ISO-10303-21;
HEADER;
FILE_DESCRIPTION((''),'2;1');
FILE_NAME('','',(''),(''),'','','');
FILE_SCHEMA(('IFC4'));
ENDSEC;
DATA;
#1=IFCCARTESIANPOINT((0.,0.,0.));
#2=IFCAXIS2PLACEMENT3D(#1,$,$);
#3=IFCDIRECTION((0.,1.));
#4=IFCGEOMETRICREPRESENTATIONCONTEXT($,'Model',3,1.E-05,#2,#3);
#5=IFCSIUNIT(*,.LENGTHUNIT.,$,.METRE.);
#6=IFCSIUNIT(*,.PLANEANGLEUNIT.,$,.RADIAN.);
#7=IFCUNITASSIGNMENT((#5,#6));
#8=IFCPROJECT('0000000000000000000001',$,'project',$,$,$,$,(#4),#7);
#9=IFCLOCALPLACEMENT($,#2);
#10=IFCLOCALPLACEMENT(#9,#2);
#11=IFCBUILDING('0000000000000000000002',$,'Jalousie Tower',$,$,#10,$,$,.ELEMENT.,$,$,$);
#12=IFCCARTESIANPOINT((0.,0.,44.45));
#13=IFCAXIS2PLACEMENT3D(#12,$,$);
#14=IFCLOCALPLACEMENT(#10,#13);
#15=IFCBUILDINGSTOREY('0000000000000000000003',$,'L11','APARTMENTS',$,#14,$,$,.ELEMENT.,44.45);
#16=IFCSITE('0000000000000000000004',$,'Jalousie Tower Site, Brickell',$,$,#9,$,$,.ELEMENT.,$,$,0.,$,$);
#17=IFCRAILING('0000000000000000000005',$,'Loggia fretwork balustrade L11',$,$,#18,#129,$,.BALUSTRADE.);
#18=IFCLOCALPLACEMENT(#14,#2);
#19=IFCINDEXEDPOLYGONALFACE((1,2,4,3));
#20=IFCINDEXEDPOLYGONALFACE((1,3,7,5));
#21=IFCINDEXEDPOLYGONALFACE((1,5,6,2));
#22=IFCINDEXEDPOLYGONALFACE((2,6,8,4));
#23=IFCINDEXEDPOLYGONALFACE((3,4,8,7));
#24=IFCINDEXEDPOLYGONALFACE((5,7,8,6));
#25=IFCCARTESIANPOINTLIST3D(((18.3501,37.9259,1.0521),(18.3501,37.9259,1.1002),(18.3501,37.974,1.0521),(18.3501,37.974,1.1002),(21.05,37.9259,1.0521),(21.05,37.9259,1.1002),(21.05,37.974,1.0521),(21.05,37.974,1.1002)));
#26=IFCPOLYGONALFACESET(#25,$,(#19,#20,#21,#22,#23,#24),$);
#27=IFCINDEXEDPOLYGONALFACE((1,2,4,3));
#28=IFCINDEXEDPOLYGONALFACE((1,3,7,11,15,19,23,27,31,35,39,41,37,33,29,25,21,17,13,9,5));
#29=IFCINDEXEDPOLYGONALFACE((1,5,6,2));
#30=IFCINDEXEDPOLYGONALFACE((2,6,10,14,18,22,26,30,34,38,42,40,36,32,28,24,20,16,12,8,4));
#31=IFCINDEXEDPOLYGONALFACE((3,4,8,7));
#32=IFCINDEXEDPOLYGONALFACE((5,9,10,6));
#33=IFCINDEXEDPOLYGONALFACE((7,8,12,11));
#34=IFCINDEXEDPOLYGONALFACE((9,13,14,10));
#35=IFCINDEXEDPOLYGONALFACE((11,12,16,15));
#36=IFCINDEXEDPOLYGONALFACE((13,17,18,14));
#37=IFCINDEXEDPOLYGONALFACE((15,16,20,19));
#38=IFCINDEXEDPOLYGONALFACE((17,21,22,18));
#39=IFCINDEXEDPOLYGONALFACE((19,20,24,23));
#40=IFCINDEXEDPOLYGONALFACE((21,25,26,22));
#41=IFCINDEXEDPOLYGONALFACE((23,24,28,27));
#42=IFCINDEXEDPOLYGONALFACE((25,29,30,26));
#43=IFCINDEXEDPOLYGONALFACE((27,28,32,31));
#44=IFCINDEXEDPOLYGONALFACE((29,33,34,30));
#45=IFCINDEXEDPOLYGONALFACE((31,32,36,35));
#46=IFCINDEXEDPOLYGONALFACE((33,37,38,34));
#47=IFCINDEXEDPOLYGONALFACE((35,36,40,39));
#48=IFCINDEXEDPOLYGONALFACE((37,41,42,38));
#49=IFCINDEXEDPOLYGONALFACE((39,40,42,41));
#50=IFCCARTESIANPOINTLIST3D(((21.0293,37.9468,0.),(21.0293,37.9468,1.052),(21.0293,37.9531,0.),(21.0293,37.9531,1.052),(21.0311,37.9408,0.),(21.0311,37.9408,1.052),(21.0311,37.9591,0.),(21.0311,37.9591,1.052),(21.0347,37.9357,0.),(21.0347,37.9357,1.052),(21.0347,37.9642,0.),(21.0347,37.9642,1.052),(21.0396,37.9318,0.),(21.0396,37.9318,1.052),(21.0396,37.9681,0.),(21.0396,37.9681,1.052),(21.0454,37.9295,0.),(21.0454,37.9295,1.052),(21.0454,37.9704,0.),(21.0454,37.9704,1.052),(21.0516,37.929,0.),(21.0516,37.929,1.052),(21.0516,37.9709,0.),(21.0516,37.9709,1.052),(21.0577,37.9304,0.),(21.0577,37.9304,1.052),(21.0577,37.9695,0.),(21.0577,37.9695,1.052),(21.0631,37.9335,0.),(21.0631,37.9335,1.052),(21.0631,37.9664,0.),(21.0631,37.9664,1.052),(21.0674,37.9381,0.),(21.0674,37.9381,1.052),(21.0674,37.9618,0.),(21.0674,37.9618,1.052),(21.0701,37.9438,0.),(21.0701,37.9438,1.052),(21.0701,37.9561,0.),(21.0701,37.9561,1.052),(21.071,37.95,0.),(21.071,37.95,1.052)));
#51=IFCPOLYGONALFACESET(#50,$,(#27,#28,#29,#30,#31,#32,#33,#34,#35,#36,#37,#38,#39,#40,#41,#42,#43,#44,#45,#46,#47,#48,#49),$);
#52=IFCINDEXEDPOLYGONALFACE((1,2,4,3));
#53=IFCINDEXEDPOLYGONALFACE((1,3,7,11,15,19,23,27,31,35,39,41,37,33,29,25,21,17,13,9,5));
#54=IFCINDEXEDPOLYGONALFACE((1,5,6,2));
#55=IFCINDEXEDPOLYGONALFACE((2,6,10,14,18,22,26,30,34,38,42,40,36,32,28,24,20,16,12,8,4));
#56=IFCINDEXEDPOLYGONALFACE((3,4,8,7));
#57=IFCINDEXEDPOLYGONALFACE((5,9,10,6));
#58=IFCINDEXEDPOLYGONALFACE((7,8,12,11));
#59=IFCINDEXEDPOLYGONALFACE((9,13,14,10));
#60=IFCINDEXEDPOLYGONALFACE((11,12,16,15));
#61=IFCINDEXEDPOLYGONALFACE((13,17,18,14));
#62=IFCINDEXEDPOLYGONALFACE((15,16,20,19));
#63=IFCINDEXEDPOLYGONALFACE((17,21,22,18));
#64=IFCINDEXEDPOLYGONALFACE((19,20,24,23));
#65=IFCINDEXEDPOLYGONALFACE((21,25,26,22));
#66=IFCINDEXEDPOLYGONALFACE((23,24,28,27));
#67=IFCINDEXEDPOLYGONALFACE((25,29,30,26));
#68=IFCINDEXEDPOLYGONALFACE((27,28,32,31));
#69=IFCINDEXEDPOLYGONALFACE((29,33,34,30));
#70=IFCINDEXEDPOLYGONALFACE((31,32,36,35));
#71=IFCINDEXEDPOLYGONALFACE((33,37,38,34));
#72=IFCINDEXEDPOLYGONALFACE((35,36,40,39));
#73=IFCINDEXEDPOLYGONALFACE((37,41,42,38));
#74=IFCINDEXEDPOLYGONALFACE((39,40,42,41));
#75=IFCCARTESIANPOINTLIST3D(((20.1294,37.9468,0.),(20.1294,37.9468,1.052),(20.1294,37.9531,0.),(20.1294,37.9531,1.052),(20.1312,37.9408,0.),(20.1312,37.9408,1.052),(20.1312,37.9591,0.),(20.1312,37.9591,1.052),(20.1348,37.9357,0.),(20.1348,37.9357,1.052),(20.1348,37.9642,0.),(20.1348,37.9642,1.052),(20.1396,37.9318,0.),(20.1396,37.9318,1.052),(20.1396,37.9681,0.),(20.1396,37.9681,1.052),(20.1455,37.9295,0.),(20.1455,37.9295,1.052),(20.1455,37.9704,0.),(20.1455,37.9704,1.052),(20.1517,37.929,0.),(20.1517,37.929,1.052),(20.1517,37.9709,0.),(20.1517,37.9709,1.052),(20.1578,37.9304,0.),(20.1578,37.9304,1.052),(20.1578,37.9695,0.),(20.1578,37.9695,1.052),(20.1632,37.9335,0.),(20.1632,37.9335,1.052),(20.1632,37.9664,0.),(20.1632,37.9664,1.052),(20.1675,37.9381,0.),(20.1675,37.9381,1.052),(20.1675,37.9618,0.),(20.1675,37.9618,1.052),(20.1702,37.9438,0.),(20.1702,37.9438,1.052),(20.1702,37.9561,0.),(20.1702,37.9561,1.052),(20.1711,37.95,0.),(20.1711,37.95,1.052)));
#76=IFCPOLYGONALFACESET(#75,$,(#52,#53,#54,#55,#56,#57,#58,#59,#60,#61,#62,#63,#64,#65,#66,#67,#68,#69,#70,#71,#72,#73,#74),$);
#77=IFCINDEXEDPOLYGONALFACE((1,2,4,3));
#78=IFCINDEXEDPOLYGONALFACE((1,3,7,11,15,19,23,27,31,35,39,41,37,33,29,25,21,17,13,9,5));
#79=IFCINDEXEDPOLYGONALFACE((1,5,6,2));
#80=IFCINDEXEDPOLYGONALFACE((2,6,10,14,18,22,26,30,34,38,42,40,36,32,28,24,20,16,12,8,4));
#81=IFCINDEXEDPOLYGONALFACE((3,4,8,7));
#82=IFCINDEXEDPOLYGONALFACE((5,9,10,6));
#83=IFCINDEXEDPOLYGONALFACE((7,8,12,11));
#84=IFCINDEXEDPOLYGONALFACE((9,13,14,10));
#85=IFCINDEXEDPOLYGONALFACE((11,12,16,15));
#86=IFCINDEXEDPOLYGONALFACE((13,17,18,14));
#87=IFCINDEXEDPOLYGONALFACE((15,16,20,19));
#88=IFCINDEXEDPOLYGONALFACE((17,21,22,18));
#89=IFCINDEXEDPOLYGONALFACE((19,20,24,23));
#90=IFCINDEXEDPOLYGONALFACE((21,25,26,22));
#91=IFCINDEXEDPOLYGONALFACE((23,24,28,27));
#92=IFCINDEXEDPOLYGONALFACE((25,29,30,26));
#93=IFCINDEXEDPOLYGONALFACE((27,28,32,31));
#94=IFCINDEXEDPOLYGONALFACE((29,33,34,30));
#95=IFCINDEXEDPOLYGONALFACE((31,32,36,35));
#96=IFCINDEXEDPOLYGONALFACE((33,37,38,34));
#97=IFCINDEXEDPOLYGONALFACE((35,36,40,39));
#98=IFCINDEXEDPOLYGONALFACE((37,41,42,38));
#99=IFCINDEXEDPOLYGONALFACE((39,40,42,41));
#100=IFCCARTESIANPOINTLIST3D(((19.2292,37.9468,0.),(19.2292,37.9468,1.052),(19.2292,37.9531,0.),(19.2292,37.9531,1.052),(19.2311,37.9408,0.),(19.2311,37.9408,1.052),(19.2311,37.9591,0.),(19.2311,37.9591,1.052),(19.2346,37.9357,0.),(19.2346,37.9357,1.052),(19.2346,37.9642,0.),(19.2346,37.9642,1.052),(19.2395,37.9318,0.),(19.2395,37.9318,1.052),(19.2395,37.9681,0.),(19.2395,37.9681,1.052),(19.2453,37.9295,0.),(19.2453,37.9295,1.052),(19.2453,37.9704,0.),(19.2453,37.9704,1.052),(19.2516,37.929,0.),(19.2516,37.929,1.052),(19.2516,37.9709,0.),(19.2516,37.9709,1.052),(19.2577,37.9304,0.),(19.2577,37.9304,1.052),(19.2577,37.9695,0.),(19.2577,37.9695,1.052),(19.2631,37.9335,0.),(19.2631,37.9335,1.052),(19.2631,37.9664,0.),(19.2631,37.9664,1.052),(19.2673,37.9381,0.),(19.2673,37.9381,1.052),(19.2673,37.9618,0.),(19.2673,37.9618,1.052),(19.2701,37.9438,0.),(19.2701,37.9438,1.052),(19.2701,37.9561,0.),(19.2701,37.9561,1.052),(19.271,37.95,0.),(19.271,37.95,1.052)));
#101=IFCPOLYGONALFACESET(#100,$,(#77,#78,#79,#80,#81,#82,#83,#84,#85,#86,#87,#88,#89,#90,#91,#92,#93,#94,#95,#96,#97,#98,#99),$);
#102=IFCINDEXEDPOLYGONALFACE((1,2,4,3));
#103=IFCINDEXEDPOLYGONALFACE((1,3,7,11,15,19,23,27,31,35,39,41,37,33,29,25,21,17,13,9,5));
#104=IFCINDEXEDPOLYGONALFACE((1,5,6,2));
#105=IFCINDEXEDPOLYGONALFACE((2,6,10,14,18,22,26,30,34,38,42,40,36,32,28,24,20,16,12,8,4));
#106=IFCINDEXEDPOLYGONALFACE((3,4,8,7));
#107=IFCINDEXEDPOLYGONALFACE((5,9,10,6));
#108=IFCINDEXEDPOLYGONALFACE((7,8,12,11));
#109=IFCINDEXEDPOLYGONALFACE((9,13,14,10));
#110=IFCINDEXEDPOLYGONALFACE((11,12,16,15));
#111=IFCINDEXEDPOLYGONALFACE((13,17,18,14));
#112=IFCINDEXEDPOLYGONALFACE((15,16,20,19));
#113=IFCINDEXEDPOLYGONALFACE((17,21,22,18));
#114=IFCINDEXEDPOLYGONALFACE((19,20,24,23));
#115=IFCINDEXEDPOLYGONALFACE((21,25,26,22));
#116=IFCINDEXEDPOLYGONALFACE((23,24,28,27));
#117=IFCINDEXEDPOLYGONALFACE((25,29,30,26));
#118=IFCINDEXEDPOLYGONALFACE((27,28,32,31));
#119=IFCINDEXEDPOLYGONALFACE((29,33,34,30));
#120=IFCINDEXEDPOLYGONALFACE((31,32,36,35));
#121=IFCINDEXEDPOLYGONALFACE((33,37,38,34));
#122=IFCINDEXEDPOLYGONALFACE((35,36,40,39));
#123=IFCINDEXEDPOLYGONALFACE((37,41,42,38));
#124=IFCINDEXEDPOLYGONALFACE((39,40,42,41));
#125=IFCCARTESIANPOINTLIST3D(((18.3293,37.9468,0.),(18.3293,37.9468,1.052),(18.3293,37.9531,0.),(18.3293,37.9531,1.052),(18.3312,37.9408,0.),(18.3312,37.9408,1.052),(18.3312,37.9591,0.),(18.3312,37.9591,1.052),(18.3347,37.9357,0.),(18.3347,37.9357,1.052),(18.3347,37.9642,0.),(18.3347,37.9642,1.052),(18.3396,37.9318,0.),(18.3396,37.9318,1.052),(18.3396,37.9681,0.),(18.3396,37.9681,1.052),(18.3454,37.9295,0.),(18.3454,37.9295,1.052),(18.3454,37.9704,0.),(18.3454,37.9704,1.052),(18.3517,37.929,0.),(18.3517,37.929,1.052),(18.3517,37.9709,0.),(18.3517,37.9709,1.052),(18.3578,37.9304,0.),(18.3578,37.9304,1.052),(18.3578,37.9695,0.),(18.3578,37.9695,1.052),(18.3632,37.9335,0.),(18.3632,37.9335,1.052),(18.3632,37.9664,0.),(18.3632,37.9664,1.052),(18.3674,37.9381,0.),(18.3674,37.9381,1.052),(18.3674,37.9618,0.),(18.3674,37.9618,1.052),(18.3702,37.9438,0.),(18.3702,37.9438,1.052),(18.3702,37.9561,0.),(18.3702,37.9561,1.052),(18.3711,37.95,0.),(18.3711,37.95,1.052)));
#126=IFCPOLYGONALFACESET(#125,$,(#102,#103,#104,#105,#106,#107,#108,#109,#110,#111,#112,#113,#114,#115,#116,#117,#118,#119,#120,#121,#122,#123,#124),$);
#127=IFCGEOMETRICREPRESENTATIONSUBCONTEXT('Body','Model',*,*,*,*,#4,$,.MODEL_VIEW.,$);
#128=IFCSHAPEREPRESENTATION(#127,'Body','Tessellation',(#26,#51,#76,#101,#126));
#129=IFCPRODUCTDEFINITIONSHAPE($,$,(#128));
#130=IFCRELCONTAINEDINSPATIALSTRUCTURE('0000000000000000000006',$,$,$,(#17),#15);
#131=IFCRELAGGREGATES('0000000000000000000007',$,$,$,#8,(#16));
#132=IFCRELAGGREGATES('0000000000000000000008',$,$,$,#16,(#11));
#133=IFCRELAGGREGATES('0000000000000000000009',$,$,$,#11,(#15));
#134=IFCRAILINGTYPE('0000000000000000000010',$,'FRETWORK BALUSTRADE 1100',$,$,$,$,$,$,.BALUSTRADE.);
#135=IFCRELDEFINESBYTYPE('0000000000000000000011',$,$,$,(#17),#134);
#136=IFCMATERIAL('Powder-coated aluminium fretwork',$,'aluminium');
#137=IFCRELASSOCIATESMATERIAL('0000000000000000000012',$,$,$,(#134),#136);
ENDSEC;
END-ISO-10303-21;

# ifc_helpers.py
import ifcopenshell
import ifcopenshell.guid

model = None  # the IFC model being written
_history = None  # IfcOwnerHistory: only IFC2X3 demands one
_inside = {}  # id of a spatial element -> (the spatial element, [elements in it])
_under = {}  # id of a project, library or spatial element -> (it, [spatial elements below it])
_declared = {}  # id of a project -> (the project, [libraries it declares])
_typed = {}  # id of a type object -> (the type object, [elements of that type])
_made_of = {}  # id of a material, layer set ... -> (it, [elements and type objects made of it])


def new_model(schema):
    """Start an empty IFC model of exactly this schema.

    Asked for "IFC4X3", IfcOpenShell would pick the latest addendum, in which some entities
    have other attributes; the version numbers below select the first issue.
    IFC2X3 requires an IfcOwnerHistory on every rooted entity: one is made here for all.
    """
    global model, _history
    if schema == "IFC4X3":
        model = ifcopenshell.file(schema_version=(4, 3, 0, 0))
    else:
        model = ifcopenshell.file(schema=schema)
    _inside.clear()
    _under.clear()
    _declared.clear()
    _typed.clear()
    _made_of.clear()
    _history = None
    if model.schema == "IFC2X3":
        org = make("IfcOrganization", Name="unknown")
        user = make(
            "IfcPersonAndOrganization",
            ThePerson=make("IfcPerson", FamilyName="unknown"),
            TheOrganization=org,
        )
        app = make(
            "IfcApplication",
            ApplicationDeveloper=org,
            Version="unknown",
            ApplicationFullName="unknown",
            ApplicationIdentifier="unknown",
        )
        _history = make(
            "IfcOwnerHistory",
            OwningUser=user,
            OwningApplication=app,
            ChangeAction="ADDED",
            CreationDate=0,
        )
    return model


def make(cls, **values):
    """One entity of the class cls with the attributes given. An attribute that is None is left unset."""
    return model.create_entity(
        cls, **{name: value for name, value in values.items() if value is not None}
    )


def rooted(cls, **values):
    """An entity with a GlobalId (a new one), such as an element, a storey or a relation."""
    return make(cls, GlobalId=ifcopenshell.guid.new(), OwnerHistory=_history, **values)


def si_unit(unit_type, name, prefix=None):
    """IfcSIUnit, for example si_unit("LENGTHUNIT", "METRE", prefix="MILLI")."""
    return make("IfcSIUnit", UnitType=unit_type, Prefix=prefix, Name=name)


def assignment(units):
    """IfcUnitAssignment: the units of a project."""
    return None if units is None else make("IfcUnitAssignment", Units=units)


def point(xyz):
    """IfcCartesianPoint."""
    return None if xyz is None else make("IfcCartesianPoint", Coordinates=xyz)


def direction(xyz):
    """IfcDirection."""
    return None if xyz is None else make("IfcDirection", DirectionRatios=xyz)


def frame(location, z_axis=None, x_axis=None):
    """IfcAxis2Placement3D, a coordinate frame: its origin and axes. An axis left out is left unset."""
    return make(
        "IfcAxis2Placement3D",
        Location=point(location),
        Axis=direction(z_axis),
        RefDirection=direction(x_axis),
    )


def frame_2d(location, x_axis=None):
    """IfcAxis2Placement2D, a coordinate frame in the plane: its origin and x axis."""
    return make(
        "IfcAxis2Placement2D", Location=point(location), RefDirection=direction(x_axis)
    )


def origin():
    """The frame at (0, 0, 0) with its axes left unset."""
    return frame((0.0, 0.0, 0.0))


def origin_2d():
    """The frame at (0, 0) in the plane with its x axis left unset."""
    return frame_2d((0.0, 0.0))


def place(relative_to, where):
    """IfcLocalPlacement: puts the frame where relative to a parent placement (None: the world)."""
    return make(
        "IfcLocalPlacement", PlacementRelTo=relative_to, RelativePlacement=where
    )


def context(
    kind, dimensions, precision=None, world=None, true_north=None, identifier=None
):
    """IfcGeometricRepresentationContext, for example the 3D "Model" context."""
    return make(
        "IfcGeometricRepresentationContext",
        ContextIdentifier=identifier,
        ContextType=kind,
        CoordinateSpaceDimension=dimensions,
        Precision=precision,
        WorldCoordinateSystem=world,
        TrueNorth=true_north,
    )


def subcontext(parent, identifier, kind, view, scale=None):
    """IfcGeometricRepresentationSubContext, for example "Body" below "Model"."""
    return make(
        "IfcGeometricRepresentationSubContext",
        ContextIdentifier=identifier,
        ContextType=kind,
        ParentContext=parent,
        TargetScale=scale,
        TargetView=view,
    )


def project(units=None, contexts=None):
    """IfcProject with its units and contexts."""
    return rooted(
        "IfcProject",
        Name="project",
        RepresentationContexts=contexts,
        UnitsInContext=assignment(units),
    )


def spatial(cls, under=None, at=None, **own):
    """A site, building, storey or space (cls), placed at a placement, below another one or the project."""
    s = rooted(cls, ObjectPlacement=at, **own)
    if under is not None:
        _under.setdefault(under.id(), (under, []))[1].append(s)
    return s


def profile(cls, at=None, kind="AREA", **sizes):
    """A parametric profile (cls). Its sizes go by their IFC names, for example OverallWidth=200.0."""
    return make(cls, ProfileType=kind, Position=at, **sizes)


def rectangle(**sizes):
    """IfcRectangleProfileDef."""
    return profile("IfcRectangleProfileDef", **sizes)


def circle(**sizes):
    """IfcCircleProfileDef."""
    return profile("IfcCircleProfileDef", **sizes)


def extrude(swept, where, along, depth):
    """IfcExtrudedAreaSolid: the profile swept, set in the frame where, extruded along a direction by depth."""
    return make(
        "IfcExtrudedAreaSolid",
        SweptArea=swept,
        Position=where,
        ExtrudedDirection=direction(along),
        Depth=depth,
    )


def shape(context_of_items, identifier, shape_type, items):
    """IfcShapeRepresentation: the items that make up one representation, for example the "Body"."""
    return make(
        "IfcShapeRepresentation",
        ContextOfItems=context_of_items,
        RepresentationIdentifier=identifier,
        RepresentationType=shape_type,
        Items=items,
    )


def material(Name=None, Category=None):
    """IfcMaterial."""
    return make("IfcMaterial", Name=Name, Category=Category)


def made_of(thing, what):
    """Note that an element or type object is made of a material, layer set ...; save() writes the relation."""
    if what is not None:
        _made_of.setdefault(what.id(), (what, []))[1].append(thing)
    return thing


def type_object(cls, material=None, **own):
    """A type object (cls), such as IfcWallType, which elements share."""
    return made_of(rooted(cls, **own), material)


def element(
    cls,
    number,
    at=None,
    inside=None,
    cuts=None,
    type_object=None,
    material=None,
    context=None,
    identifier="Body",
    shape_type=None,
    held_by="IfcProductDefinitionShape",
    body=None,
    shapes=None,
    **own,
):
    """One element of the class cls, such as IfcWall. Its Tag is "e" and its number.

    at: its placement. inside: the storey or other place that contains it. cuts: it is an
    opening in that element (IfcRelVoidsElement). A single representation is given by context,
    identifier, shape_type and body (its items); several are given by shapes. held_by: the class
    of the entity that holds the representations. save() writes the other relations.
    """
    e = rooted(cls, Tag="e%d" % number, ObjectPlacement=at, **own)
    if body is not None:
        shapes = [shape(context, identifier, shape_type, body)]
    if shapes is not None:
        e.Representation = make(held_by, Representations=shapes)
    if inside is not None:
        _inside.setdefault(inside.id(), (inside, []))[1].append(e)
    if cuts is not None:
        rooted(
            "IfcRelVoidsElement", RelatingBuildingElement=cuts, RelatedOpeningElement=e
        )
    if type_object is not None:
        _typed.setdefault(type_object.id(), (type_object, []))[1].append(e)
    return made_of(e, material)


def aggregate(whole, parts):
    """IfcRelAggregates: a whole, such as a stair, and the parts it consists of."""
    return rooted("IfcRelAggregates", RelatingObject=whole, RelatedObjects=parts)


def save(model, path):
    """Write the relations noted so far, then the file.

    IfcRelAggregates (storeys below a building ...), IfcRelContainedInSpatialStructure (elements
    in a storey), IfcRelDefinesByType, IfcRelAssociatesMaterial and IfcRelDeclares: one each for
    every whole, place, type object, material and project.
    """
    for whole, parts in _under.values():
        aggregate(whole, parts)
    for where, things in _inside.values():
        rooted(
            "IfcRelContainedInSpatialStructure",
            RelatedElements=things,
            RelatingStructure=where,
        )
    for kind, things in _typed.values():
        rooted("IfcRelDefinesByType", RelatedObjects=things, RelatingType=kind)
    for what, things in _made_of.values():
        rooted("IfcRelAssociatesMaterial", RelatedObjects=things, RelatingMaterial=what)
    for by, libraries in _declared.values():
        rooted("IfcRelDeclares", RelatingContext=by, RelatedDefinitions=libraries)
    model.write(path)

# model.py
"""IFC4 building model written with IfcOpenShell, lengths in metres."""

from ifc_helpers import new_model, si_unit, direction, frame, origin, origin_2d, place, context, subcontext, project, spatial, rectangle, circle, extrude, material, type_object, element, save


model = new_model("IFC4")

# Units and contexts
model_context = context("Model", 3, precision=1e-05, world=origin(), true_north=direction((0.0, 1.0)))
body_context = subcontext(model_context, "Body", "Model", "MODEL_VIEW")
ifc_project = project(units=[si_unit("LENGTHUNIT", "METRE"), si_unit("PLANEANGLEUNIT", "RADIAN")], contexts=[model_context])

# Site, building, storey
site_placement = place(None, origin())
site = spatial("IfcSite", under=ifc_project, at=site_placement, Name="Jalousie Tower Site, Brickell", CompositionType="ELEMENT", RefElevation=0.0)
building_placement = place(site_placement, origin())
building = spatial("IfcBuilding", under=site, at=building_placement, Name="Jalousie Tower", CompositionType="ELEMENT")
storey_placement = place(building_placement, frame((0.0, 0.0, 44.45)))
storey = spatial("IfcBuildingStorey", under=building, at=storey_placement, Name="L11", Description="APARTMENTS", CompositionType="ELEMENT", Elevation=44.45)

# Railing
ifc_material_1 = material(Name="Powder-coated aluminium fretwork", Category="aluminium")
railing_type = type_object("IfcRailingType", Name="FRETWORK BALUSTRADE 1100", PredefinedType="BALUSTRADE", material=ifc_material_1)
railing_placement = place(storey_placement, frame((21.05, 37.95, 0.0)))
element("IfcRailing", 1, at=railing_placement, inside=storey, type_object=railing_type, Name="Loggia fretwork balustrade L11", PredefinedType="BALUSTRADE", context=body_context, shape_type="SweptSolid", body=[
    extrude(rectangle(XDim=0.0481, YDim=0.0481, at=origin_2d()), frame((0.0, 0.0, 1.0762), z_axis=(-1.0, 0.0, 0.0), x_axis=(0.0, -1.0, 0.0)), (0.0, 0.0, 1.0), 2.7),
    extrude(circle(Radius=0.021, at=origin_2d()), origin(), (0.0, 0.0, 1.0), 1.052),
    extrude(circle(Radius=0.021, at=origin_2d()), frame((-0.8999, 0.0, 0.0)), (0.0, 0.0, 1.0), 1.052),
    extrude(circle(Radius=0.021, at=origin_2d()), frame((-1.8, 0.0, 0.0)), (0.0, 0.0, 1.0), 1.052),
    extrude(circle(Radius=0.021, at=origin_2d()), frame((-2.7, 0.0, 0.0)), (0.0, 0.0, 1.0), 1.052),
])

save(model, "model.ifc")
